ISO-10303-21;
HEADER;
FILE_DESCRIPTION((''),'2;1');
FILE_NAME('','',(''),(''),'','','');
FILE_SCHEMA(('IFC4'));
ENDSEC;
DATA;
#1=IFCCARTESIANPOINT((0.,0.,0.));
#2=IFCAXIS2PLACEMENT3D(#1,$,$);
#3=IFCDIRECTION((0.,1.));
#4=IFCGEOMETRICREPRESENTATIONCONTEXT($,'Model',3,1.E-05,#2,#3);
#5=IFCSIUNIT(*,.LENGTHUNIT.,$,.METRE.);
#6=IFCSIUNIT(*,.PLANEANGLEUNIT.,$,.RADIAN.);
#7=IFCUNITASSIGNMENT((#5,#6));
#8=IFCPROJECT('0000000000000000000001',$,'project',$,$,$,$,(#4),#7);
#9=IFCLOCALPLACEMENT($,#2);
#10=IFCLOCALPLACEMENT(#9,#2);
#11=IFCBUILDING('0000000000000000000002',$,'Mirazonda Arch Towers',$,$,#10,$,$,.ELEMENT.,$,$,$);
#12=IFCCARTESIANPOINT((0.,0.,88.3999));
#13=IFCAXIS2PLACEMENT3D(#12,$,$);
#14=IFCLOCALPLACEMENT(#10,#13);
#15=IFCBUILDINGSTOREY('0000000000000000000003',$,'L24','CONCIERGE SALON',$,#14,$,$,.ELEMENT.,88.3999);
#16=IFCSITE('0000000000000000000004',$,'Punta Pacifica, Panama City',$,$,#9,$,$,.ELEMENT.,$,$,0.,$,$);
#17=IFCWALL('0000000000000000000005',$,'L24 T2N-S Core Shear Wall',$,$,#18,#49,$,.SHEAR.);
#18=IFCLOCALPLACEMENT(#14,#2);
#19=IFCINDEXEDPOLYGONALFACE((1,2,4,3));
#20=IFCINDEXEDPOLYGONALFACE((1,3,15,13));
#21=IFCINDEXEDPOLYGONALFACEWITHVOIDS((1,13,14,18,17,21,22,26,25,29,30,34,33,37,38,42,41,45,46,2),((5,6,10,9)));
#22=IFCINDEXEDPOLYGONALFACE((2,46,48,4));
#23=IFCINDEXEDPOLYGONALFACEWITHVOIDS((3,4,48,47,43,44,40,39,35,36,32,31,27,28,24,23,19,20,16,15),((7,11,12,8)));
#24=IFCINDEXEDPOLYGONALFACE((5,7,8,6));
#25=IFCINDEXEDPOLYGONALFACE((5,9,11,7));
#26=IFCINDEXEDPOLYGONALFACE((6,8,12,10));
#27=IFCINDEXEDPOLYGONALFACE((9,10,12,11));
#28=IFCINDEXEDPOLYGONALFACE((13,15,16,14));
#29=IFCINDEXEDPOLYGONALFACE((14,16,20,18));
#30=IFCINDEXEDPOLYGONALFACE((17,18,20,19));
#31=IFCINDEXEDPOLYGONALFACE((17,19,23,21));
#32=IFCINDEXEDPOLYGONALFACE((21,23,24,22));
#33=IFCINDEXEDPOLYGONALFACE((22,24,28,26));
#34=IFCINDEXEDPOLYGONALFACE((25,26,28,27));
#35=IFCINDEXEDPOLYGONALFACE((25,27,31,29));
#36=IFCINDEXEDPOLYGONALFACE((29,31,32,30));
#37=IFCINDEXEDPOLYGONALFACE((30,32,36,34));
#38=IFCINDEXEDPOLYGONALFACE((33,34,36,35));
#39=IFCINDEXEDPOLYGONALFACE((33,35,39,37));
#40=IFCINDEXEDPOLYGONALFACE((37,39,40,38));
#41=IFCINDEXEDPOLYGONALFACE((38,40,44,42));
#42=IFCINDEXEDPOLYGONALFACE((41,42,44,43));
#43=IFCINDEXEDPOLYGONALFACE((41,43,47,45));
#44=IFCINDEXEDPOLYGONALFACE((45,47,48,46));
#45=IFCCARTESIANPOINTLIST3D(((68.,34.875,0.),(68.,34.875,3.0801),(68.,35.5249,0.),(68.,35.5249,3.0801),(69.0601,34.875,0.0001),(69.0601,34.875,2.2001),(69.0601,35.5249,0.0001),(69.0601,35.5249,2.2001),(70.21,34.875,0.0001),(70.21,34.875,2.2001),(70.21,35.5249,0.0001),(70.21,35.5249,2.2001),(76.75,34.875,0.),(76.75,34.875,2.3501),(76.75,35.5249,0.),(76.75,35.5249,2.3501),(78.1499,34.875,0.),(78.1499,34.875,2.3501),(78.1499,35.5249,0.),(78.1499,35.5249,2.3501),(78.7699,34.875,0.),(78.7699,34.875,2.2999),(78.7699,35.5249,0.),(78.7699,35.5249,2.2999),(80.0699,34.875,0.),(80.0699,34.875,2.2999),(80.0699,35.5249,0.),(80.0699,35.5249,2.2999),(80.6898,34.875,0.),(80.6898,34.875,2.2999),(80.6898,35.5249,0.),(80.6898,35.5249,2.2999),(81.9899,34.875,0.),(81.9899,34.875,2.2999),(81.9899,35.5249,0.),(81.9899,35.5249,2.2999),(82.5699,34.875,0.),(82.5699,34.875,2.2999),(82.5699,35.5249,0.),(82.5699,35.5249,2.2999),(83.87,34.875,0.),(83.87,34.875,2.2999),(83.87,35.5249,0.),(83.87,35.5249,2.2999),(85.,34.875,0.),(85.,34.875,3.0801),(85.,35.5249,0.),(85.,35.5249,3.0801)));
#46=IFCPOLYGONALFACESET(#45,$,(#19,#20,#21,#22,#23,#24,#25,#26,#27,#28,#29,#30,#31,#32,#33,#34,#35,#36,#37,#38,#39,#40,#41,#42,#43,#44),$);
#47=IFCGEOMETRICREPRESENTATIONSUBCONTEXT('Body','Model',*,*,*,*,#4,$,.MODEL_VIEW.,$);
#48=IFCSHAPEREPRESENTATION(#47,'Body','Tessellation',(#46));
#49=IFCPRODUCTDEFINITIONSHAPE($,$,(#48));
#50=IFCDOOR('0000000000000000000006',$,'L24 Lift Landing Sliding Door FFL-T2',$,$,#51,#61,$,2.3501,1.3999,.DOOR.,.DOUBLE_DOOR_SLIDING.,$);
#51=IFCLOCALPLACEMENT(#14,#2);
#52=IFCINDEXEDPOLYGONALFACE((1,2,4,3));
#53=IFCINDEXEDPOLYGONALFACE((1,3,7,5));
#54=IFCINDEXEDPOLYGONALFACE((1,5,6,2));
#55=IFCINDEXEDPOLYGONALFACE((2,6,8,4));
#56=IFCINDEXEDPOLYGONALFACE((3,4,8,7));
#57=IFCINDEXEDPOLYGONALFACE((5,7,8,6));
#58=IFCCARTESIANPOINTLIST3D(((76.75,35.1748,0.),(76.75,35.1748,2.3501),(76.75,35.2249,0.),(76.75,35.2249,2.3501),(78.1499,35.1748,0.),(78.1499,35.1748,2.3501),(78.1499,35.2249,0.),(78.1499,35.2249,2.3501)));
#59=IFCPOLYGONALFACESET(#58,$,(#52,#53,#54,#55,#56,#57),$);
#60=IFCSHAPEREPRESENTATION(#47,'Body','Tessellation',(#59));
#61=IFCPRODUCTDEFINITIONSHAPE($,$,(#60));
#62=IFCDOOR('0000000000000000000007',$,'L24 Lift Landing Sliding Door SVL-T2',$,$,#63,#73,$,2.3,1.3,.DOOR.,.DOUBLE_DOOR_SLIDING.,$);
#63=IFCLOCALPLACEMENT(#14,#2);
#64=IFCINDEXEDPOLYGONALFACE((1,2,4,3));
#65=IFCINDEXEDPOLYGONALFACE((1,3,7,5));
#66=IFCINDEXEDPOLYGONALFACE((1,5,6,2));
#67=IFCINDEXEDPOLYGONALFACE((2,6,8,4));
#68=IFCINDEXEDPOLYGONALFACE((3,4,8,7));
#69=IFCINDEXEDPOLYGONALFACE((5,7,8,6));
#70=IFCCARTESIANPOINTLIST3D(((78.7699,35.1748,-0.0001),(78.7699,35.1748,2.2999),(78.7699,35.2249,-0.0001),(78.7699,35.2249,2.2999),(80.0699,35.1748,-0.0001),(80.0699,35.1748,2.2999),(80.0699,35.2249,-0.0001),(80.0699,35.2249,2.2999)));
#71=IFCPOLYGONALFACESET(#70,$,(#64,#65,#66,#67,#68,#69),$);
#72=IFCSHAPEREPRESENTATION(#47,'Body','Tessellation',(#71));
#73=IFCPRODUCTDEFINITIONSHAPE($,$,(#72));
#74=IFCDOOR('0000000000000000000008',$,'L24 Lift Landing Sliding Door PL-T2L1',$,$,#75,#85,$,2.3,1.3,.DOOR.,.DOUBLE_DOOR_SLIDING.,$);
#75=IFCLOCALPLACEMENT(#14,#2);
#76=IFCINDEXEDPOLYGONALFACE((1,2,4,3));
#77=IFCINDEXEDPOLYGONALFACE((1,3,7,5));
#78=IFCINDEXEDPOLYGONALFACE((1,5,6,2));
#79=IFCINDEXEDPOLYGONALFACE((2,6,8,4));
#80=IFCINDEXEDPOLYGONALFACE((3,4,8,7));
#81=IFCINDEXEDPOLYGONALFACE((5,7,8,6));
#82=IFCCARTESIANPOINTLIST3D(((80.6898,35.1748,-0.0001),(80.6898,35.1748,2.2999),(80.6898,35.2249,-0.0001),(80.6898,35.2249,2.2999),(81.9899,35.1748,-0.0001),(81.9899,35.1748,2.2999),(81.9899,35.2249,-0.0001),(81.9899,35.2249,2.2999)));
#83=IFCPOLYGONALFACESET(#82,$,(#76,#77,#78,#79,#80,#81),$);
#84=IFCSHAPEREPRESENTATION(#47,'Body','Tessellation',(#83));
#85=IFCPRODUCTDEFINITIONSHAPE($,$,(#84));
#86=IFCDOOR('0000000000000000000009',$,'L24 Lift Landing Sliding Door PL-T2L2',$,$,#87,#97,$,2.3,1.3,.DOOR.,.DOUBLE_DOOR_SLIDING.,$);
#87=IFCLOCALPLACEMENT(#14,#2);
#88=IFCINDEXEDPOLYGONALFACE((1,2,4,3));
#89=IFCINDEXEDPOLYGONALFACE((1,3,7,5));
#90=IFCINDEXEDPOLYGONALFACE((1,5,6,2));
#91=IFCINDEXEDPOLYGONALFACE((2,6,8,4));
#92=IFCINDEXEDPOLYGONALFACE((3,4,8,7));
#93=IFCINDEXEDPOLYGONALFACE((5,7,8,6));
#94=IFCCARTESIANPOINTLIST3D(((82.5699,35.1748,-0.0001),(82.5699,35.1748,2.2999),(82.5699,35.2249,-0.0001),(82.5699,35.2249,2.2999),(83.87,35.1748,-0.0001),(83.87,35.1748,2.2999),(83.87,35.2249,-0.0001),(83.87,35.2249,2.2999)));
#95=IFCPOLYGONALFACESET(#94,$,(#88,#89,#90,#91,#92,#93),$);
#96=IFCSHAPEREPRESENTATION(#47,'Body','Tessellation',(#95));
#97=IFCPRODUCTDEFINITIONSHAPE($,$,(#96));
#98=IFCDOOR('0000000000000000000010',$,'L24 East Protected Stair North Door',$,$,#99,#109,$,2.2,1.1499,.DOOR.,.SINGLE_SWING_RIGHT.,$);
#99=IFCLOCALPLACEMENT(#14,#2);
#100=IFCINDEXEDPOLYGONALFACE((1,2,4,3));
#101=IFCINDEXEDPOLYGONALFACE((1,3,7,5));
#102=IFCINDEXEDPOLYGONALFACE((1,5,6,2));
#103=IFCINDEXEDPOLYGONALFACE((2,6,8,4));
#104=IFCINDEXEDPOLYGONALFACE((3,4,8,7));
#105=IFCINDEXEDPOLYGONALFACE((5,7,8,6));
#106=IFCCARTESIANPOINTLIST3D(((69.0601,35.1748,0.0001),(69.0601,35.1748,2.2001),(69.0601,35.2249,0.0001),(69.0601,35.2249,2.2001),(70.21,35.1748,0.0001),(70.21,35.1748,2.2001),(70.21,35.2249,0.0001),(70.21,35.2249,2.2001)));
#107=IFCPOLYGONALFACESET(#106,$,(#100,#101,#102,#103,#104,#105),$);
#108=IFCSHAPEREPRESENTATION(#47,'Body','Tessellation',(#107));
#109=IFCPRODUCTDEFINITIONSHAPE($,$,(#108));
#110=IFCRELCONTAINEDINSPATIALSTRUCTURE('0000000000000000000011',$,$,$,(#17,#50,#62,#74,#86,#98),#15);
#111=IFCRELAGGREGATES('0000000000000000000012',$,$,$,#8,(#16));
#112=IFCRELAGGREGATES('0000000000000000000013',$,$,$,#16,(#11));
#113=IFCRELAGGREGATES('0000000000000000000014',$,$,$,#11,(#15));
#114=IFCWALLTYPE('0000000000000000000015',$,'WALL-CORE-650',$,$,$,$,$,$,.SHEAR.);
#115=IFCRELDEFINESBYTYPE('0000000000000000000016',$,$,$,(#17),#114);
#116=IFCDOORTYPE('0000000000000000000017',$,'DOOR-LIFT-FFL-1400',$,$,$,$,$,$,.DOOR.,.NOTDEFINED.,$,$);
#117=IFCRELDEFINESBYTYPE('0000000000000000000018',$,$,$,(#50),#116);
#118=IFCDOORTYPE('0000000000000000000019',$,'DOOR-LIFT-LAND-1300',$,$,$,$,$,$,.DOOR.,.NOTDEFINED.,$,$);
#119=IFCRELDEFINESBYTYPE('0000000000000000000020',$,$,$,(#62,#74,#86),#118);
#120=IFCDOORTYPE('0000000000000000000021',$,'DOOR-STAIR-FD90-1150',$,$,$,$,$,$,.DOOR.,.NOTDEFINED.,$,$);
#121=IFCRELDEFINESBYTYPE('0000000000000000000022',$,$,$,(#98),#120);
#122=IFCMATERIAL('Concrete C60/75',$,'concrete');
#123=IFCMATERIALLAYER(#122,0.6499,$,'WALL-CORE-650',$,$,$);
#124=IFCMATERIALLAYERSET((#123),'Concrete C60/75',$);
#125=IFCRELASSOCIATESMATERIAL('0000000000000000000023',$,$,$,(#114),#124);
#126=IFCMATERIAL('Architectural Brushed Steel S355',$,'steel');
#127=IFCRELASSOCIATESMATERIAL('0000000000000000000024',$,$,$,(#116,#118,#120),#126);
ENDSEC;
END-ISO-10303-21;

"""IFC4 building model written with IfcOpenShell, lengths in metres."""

from ifc_helpers import new_model, si_unit, direction, frame, frame_2d, origin, place, context, subcontext, project, spatial, rectangle, extrude, material, layer, layer_set, type_object, element, fill, save


model = new_model("IFC4")

# Units and contexts
model_context = context("Model", 3, precision=1e-05, world=origin(), true_north=direction((0.0, 1.0)))
body_context = subcontext(model_context, "Body", "Model", "MODEL_VIEW")
ifc_project = project(units=[si_unit("LENGTHUNIT", "METRE"), si_unit("PLANEANGLEUNIT", "RADIAN")], contexts=[model_context])

# Site, building, storey
site_placement = place(None, origin())
site = spatial("IfcSite", under=ifc_project, at=site_placement, Name="Punta Pacifica, Panama City", CompositionType="ELEMENT", RefElevation=0.0)
building_placement = place(site_placement, origin())
building = spatial("IfcBuilding", under=site, at=building_placement, Name="Mirazonda Arch Towers", CompositionType="ELEMENT")
storey_placement = place(building_placement, frame((0.0, 0.0, 88.3999)))
storey = spatial("IfcBuildingStorey", under=building, at=storey_placement, Name="L24", Description="CONCIERGE SALON", CompositionType="ELEMENT", Elevation=88.3999)

# Shared definitions
ifc_material_1 = material(Name="Concrete C60/75", Category="concrete")
ifc_layer_1 = layer(ifc_material_1, 0.6499, Name="WALL-CORE-650")
ifc_layer_set_1 = layer_set([ifc_layer_1], Name="Concrete C60/75")
wall_type_1 = type_object("IfcWallType", Name="WALL-CORE-650", PredefinedType="SHEAR", material=ifc_layer_set_1)

# Wall, openings, doors
wall_1_placement = place(storey_placement, frame((68.0, 35.2, 0.0), z_axis=(0.0, 0.0, 1.0), x_axis=(1.0, 0.0, 0.0)))
wall_1 = element("IfcWall", 1, at=wall_1_placement, inside=storey, type_object=wall_type_1, Name="L24 T2N-S Core Shear Wall", PredefinedType="SHEAR", context=body_context, shape_type="SweptSolid", body=[
    extrude(rectangle(XDim=17.0, YDim=0.6499, at=frame_2d((8.5, 0.0))), origin(), (0.0, 0.0, 1.0), 3.0801),
])
opening_1_placement = place(wall_1_placement, frame((1.0601, 0.0, 0.0)))
opening_1 = element("IfcOpeningElement", 2, at=opening_1_placement, cuts=wall_1, PredefinedType="OPENING", context=body_context, shape_type="SweptSolid", body=[
    extrude(rectangle(XDim=1.1499, YDim=2.2, at=frame_2d((0.575, 1.1001))), frame((0.0, 0.335, 0.0), z_axis=(0.0, -1.0, 0.0), x_axis=(1.0, 0.0, 0.0)), (0.0, 0.0, 1.0), 0.6699),
])
opening_2_placement = place(wall_1_placement, frame((8.75, 0.0, 0.0)))
opening_2 = element("IfcOpeningElement", 3, at=opening_2_placement, cuts=wall_1, PredefinedType="OPENING", context=body_context, shape_type="SweptSolid", body=[
    extrude(rectangle(XDim=1.3999, YDim=2.3501, at=frame_2d((0.7, 1.175))), frame((0.0, 0.335, 0.0), z_axis=(0.0, -1.0, 0.0), x_axis=(1.0, 0.0, 0.0)), (0.0, 0.0, 1.0), 0.6699),
])
opening_3_placement = place(wall_1_placement, frame((10.77, 0.0, 0.0)))
opening_3 = element("IfcOpeningElement", 4, at=opening_3_placement, cuts=wall_1, PredefinedType="OPENING", context=body_context, shape_type="SweptSolid", body=[
    extrude(rectangle(XDim=1.3, YDim=2.3, at=frame_2d((0.6499, 1.1499))), frame((0.0, 0.335, 0.0), z_axis=(0.0, -1.0, 0.0), x_axis=(1.0, 0.0, 0.0)), (0.0, 0.0, 1.0), 0.6699),
])
opening_4_placement = place(wall_1_placement, frame((12.6899, 0.0, 0.0)))
opening_4 = element("IfcOpeningElement", 5, at=opening_4_placement, cuts=wall_1, PredefinedType="OPENING", context=body_context, shape_type="SweptSolid", body=[
    extrude(rectangle(XDim=1.3, YDim=2.3, at=frame_2d((0.6499, 1.1499))), frame((0.0, 0.335, 0.0), z_axis=(0.0, -1.0, 0.0), x_axis=(1.0, 0.0, 0.0)), (0.0, 0.0, 1.0), 0.6699),
])
opening_5_placement = place(wall_1_placement, frame((14.5701, 0.0, 0.0)))
opening_5 = element("IfcOpeningElement", 6, at=opening_5_placement, cuts=wall_1, PredefinedType="OPENING", context=body_context, shape_type="SweptSolid", body=[
    extrude(rectangle(XDim=1.3, YDim=2.3, at=frame_2d((0.6499, 1.1499))), frame((0.0, 0.335, 0.0), z_axis=(0.0, -1.0, 0.0), x_axis=(1.0, 0.0, 0.0)), (0.0, 0.0, 1.0), 0.6699),
])
ifc_material_2 = material(Name="Architectural Brushed Steel S355", Category="steel")
door_type_1 = type_object("IfcDoorType", Name="DOOR-LIFT-FFL-1400", OperationType="NOTDEFINED", PredefinedType="DOOR", material=ifc_material_2)
door_1_placement = place(opening_2_placement, origin())
door_1 = element("IfcDoor", 7, at=door_1_placement, inside=storey, type_object=door_type_1, Name="L24 Lift Landing Sliding Door FFL-T2", OperationType="DOUBLE_DOOR_SLIDING", OverallHeight=2.3501, OverallWidth=1.3999, PredefinedType="DOOR", context=body_context, shape_type="SweptSolid", body=[
    extrude(rectangle(XDim=1.3999, YDim=2.3501, at=frame_2d((0.7, 1.175))), frame((0.0, 0.0249, 0.0), z_axis=(0.0, -1.0, 0.0), x_axis=(1.0, 0.0, 0.0)), (0.0, 0.0, 1.0), 0.05),
])
fill(opening_2, door_1)
door_type_2 = type_object("IfcDoorType", Name="DOOR-LIFT-LAND-1300", OperationType="NOTDEFINED", PredefinedType="DOOR", material=ifc_material_2)
door_2_placement = place(opening_3_placement, origin())
door_2 = element("IfcDoor", 8, at=door_2_placement, inside=storey, type_object=door_type_2, Name="L24 Lift Landing Sliding Door SVL-T2", OperationType="DOUBLE_DOOR_SLIDING", OverallHeight=2.3, OverallWidth=1.3, PredefinedType="DOOR", context=body_context, shape_type="SweptSolid", body=[
    extrude(rectangle(XDim=1.3, YDim=2.3, at=frame_2d((0.6499, 1.1499))), frame((0.0, 0.0249, 0.0), z_axis=(0.0, -1.0, 0.0), x_axis=(1.0, 0.0, 0.0)), (0.0, 0.0, 1.0), 0.05),
])
fill(opening_3, door_2)
door_3_placement = place(opening_4_placement, origin())
door_3 = element("IfcDoor", 9, at=door_3_placement, inside=storey, type_object=door_type_2, Name="L24 Lift Landing Sliding Door PL-T2L1", OperationType="DOUBLE_DOOR_SLIDING", OverallHeight=2.3, OverallWidth=1.3, PredefinedType="DOOR", context=body_context, shape_type="SweptSolid", body=[
    extrude(rectangle(XDim=1.3, YDim=2.3, at=frame_2d((0.6499, 1.1499))), frame((0.0, 0.0249, 0.0), z_axis=(0.0, -1.0, 0.0), x_axis=(1.0, 0.0, 0.0)), (0.0, 0.0, 1.0), 0.05),
])
fill(opening_4, door_3)
door_4_placement = place(opening_5_placement, origin())
door_4 = element("IfcDoor", 10, at=door_4_placement, inside=storey, type_object=door_type_2, Name="L24 Lift Landing Sliding Door PL-T2L2", OperationType="DOUBLE_DOOR_SLIDING", OverallHeight=2.3, OverallWidth=1.3, PredefinedType="DOOR", context=body_context, shape_type="SweptSolid", body=[
    extrude(rectangle(XDim=1.3, YDim=2.3, at=frame_2d((0.6499, 1.1499))), frame((0.0, 0.0249, 0.0), z_axis=(0.0, -1.0, 0.0), x_axis=(1.0, 0.0, 0.0)), (0.0, 0.0, 1.0), 0.05),
])
fill(opening_5, door_4)
door_type_3 = type_object("IfcDoorType", Name="DOOR-STAIR-FD90-1150", OperationType="NOTDEFINED", PredefinedType="DOOR", material=ifc_material_2)
door_5_placement = place(opening_1_placement, origin())
door_5 = element("IfcDoor", 11, at=door_5_placement, inside=storey, type_object=door_type_3, Name="L24 East Protected Stair North Door", OperationType="SINGLE_SWING_RIGHT", OverallHeight=2.2, OverallWidth=1.1499, PredefinedType="DOOR", context=body_context, shape_type="SweptSolid", body=[
    extrude(rectangle(XDim=1.1499, YDim=2.2, at=frame_2d((0.575, 1.1001))), frame((0.0, 0.0249, 0.0), z_axis=(0.0, -1.0, 0.0), x_axis=(1.0, 0.0, 0.0)), (0.0, 0.0, 1.0), 0.05),
])
fill(opening_1, door_5)

save(model, "model.ifc")
